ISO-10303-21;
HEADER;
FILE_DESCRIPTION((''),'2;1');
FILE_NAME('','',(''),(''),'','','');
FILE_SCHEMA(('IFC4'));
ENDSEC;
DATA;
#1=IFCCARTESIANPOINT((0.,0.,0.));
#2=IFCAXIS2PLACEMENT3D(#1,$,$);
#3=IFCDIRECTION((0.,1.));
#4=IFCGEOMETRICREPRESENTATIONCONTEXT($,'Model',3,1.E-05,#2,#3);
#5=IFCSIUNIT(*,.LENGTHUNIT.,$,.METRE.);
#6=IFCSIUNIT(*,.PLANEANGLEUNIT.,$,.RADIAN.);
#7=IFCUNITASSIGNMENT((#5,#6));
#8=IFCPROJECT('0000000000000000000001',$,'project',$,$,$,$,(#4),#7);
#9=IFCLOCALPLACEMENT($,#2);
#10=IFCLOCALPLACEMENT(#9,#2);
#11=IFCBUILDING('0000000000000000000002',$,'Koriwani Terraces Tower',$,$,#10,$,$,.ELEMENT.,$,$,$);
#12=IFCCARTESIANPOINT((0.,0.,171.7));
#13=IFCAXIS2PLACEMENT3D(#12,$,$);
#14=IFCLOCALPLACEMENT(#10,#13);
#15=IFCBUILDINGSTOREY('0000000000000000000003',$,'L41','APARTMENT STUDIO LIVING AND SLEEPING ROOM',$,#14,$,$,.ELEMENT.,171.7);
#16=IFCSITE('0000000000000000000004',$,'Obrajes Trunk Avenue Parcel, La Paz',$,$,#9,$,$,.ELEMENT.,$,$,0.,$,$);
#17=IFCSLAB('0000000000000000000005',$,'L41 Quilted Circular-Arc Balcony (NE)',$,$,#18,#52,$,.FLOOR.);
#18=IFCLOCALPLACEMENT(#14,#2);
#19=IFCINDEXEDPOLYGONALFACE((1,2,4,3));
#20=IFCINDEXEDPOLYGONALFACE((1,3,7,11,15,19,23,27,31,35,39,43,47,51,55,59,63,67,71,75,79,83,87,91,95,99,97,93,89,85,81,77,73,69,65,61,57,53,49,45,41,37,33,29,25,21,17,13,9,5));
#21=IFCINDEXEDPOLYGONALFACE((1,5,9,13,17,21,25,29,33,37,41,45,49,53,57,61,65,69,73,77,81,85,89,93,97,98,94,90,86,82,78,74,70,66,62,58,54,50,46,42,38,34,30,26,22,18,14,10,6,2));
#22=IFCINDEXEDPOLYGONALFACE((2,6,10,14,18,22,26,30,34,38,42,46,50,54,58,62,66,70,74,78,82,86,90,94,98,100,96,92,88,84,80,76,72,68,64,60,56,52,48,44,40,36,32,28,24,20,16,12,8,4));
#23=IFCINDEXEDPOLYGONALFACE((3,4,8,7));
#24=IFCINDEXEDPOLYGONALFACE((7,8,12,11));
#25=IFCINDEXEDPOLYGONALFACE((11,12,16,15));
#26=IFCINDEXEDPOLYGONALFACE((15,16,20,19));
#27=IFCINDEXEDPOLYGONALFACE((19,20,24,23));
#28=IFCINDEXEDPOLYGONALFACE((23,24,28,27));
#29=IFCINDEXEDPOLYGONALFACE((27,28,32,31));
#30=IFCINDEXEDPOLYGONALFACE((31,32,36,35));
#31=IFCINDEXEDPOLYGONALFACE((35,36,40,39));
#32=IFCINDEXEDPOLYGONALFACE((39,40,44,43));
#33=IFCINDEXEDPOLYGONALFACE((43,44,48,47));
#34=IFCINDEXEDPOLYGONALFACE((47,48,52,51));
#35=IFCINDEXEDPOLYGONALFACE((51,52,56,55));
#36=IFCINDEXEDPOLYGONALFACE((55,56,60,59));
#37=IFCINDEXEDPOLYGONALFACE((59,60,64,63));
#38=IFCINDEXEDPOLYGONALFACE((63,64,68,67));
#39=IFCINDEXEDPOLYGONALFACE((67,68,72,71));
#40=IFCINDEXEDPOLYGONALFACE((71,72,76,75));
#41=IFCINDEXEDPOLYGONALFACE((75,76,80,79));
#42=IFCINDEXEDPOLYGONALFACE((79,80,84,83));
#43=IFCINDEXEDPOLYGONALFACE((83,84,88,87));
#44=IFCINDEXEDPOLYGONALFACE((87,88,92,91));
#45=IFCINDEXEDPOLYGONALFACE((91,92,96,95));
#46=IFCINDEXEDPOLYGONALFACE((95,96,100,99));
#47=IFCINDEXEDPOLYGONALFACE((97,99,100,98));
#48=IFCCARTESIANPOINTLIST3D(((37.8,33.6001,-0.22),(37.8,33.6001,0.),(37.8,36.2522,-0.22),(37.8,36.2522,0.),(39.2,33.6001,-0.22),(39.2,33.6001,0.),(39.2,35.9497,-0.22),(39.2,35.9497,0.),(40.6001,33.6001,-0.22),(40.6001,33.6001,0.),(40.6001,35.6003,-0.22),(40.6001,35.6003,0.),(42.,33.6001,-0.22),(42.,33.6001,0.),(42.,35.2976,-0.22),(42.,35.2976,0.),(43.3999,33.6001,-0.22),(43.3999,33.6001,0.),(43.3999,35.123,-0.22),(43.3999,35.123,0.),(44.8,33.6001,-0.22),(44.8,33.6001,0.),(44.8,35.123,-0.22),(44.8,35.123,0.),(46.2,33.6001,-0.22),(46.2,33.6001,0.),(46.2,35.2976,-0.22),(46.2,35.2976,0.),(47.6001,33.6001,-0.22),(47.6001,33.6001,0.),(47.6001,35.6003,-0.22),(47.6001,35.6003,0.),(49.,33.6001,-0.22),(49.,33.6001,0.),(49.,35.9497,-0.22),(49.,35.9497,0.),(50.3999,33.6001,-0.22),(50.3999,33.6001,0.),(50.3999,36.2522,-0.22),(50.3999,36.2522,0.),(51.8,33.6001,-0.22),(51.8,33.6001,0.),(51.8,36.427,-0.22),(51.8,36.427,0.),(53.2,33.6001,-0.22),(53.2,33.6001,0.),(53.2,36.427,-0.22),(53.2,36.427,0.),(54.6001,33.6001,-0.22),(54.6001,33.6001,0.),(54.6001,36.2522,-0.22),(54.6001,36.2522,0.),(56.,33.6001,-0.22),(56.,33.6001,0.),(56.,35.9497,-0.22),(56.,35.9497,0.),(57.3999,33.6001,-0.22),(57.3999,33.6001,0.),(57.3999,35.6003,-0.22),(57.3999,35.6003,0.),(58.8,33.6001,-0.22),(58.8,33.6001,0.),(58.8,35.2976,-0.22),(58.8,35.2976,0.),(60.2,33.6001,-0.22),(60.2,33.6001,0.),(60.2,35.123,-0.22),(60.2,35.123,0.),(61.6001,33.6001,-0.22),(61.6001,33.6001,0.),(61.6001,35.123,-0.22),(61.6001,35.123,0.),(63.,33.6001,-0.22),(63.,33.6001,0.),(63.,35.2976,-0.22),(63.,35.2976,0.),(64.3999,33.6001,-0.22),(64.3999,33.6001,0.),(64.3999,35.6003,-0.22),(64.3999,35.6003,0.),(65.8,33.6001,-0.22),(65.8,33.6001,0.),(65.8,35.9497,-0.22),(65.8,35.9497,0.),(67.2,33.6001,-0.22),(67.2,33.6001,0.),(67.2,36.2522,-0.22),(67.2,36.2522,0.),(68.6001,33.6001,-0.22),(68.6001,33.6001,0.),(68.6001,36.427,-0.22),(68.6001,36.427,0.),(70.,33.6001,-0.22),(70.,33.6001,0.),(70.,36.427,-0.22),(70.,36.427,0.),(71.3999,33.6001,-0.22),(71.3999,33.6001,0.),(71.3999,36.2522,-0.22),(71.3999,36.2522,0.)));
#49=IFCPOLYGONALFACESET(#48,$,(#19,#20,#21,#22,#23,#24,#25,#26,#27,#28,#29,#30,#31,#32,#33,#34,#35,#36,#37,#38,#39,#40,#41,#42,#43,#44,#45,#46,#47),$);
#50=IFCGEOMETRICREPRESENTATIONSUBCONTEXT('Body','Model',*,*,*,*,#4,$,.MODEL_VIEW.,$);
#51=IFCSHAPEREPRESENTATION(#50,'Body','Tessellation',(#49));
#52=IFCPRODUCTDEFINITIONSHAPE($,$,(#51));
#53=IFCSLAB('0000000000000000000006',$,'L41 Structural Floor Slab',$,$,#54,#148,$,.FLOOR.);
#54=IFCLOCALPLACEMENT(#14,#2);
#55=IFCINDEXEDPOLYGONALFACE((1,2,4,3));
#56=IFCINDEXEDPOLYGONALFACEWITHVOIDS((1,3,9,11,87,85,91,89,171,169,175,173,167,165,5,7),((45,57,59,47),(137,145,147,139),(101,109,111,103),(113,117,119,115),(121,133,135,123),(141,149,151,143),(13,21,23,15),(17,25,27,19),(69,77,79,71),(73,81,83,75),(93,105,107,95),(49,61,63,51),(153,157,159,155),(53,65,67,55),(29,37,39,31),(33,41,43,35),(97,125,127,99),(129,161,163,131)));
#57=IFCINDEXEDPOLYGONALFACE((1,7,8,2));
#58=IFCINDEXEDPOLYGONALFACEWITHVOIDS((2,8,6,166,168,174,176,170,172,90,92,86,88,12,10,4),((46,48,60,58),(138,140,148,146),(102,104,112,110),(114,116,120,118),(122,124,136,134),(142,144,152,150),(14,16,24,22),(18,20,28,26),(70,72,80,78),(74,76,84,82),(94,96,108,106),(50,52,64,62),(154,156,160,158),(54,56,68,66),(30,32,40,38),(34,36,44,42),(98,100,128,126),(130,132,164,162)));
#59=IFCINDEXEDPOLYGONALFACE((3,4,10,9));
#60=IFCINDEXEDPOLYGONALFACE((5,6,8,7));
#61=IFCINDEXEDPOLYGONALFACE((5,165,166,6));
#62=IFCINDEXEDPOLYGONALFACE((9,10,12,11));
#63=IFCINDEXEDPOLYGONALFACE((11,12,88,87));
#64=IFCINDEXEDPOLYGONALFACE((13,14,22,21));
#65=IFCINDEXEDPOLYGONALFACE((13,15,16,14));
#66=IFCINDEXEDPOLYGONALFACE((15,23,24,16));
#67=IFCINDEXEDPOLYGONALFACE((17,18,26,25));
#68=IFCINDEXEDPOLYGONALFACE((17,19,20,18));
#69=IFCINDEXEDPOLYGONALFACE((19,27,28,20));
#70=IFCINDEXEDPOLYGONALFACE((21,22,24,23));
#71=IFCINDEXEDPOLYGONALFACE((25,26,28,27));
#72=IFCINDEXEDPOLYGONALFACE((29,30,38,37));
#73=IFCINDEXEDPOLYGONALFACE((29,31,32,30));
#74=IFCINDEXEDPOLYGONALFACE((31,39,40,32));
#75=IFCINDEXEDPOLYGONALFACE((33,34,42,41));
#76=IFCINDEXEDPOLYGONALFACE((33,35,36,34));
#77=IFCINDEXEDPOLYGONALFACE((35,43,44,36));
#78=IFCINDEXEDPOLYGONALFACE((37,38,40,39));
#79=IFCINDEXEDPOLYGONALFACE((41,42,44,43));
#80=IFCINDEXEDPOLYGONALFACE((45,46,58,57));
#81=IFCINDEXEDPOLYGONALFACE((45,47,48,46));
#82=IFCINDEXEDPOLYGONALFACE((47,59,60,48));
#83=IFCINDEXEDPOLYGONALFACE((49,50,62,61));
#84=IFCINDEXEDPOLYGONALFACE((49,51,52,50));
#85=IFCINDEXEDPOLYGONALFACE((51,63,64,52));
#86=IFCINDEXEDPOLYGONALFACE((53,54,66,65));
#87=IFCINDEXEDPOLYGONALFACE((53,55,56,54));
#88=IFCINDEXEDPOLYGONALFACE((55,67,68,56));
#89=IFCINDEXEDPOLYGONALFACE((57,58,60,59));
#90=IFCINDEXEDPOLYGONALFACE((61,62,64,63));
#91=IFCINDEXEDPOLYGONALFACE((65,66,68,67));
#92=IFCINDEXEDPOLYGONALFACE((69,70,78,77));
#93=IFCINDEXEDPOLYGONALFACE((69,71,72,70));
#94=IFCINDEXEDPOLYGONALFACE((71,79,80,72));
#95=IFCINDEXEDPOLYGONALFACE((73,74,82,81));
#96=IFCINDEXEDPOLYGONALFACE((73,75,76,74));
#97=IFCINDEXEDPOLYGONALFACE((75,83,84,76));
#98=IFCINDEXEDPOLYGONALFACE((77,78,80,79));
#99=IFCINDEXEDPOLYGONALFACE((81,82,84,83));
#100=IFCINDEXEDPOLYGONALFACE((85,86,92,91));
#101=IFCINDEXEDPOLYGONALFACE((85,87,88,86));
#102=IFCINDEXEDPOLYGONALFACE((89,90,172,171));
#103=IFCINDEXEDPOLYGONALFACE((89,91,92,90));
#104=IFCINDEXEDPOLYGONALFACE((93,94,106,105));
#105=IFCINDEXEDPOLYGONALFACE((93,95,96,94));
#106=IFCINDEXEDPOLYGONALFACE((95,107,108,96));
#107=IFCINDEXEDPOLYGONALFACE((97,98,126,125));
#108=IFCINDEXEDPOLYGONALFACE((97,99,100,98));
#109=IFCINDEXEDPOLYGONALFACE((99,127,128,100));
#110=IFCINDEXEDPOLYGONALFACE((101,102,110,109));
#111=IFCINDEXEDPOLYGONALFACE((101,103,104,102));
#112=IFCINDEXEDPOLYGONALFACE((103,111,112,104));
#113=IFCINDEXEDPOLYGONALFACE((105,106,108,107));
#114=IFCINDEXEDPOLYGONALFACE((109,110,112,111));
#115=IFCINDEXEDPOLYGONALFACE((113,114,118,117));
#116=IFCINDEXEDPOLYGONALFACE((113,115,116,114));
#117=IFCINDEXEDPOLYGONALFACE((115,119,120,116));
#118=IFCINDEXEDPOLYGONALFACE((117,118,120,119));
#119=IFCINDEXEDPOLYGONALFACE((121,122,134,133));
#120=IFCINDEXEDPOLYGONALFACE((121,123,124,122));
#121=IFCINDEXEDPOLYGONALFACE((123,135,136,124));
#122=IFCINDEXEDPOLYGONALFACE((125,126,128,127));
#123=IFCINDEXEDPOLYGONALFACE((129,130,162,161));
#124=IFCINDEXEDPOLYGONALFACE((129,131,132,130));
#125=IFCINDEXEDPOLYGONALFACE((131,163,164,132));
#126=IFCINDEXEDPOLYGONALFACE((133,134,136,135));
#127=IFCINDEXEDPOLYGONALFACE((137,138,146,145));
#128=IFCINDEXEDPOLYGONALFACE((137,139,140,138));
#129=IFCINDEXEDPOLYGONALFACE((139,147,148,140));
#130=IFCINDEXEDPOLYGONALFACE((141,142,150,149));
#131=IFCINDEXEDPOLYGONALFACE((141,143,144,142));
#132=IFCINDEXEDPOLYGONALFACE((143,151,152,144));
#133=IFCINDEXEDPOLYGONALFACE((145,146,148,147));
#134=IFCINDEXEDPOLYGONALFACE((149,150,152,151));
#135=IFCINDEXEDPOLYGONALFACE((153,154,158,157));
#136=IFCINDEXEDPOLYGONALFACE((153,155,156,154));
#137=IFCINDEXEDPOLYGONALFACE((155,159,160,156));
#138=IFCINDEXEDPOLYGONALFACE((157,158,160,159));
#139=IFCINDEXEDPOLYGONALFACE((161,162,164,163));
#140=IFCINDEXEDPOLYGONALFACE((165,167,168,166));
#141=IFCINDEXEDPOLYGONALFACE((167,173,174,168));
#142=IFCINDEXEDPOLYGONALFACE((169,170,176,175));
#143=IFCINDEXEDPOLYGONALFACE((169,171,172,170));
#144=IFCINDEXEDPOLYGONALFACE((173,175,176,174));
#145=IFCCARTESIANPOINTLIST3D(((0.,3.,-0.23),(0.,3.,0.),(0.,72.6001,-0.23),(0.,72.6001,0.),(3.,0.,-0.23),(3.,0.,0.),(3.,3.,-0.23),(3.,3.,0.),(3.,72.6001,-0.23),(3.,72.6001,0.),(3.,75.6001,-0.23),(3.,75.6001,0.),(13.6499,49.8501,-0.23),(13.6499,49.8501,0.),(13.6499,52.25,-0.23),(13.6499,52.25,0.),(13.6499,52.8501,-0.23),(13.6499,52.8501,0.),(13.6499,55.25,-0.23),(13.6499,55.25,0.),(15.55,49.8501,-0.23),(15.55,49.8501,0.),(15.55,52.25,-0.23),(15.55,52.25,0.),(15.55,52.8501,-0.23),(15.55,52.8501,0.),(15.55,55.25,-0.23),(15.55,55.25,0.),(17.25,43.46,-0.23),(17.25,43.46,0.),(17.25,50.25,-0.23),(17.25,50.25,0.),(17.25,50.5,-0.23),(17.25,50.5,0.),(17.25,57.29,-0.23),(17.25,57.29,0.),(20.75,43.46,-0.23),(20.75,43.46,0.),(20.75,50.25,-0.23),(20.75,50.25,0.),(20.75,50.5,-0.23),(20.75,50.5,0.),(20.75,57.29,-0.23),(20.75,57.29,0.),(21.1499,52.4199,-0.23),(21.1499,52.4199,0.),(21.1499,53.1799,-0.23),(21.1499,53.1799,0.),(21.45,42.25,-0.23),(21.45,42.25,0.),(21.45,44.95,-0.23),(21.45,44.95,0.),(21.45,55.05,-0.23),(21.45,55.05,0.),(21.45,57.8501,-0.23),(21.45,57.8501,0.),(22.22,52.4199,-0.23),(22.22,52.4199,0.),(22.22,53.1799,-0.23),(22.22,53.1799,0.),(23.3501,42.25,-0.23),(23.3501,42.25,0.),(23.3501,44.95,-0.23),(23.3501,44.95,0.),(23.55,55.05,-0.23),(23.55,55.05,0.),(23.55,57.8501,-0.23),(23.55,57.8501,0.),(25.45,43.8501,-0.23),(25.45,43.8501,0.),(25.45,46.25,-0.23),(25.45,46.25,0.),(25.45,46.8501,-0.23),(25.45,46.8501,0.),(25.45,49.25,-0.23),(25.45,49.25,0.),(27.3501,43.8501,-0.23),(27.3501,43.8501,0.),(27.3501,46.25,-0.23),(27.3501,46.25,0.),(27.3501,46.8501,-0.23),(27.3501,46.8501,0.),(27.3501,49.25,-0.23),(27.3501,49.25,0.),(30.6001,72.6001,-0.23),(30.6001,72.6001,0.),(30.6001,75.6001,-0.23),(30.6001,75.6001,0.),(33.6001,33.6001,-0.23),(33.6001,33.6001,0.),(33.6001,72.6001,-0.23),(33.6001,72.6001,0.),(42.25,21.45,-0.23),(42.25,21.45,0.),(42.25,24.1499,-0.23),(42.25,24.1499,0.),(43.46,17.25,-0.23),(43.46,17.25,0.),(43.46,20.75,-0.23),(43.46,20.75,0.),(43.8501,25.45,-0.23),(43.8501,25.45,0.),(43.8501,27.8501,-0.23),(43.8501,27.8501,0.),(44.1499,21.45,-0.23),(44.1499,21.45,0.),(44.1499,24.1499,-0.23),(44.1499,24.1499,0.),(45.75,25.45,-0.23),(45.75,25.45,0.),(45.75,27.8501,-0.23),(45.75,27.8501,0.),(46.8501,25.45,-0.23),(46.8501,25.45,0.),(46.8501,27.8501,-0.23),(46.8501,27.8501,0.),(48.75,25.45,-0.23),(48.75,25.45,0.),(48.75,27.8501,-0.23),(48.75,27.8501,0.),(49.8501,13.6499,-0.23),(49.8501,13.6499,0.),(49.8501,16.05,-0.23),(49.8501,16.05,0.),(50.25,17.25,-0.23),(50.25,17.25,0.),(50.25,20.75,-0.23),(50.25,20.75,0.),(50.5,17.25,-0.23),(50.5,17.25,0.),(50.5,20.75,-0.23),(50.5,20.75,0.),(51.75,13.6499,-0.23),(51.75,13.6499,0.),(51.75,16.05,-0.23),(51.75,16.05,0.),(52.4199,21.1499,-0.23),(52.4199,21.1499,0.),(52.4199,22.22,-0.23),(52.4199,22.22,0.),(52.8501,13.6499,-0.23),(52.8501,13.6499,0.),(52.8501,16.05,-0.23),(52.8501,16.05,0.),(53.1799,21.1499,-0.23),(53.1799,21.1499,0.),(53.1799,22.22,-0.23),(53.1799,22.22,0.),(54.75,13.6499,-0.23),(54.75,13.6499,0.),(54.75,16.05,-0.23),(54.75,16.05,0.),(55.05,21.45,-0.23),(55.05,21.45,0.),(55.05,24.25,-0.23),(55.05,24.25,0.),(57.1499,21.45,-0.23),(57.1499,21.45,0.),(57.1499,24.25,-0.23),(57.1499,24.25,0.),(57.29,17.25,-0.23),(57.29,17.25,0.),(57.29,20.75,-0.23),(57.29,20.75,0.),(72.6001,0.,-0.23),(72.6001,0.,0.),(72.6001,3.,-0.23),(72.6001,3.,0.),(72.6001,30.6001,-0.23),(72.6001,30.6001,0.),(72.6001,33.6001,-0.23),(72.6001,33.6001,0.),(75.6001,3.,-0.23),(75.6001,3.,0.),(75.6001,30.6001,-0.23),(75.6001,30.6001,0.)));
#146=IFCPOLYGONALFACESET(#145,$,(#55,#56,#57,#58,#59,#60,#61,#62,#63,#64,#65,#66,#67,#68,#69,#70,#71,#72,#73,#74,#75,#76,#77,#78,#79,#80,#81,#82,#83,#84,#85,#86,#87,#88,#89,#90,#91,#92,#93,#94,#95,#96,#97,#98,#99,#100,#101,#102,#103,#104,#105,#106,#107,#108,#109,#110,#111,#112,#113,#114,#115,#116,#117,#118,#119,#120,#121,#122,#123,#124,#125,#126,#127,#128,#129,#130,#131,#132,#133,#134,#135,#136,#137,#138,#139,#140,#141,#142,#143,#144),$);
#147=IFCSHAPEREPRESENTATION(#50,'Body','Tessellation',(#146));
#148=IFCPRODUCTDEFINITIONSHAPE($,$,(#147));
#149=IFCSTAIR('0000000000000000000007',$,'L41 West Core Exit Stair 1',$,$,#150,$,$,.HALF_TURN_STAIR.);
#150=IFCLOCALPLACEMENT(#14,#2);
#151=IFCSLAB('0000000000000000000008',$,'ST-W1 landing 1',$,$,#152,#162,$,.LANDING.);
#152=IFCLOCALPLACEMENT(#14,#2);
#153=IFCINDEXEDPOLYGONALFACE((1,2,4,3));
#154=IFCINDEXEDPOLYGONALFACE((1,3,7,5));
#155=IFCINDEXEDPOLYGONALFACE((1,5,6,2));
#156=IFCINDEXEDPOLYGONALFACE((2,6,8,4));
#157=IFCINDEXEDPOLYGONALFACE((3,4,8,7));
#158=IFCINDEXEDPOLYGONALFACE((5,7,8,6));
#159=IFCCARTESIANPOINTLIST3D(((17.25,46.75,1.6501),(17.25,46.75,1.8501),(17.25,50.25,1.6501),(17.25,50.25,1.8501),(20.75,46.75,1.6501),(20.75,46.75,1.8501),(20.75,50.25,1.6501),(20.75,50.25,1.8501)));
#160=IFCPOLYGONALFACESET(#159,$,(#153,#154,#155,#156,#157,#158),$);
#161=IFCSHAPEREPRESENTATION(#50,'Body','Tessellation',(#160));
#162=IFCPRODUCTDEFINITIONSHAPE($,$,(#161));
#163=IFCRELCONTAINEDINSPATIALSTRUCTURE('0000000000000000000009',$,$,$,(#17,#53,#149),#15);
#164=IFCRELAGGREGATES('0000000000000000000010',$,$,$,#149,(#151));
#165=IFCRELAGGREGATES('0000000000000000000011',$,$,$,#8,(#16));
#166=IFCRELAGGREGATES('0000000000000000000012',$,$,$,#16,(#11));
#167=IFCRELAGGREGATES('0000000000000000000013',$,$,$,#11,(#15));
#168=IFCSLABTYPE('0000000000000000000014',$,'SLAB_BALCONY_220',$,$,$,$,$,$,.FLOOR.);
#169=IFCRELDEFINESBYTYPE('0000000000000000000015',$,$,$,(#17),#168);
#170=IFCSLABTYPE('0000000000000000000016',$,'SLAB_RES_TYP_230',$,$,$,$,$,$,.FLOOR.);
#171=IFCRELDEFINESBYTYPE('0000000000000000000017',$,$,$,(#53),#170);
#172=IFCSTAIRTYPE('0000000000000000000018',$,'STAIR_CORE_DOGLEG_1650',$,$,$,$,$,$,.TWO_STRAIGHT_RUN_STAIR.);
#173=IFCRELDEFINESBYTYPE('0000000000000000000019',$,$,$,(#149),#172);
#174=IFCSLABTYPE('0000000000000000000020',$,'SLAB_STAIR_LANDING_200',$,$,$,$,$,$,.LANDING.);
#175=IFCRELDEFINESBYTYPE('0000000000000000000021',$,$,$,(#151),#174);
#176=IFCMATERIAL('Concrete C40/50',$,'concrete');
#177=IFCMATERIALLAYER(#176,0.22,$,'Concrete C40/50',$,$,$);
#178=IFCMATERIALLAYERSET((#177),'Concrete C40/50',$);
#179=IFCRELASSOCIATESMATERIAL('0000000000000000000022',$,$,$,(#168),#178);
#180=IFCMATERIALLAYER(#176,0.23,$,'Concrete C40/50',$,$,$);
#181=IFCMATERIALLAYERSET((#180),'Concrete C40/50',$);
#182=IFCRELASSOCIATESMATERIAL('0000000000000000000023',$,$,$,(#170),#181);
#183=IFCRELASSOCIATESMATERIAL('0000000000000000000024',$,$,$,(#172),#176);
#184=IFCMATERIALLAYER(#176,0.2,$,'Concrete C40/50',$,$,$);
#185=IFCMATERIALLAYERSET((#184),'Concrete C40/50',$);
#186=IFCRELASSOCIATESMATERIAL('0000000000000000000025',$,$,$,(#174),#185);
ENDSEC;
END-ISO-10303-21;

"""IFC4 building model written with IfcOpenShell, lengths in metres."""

from ifc_helpers import new_model, si_unit, direction, frame, origin, place, context, subcontext, project, spatial, polyline, outline, extrude, material, layer, layer_set, type_object, element, aggregate, save


model = new_model("IFC4")

# Units and contexts
model_context = context("Model", 3, precision=1e-05, world=origin(), true_north=direction((0.0, 1.0)))
body_context = subcontext(model_context, "Body", "Model", "MODEL_VIEW")
ifc_project = project(units=[si_unit("LENGTHUNIT", "METRE"), si_unit("PLANEANGLEUNIT", "RADIAN")], contexts=[model_context])

# Site, building, storey
site_placement = place(None, origin())
site = spatial("IfcSite", under=ifc_project, at=site_placement, Name="Obrajes Trunk Avenue Parcel, La Paz", CompositionType="ELEMENT", RefElevation=0.0)
building_placement = place(site_placement, origin())
building = spatial("IfcBuilding", under=site, at=building_placement, Name="Koriwani Terraces Tower", CompositionType="ELEMENT")
storey_placement = place(building_placement, frame((0.0, 0.0, 171.7)))
storey = spatial("IfcBuildingStorey", under=building, at=storey_placement, Name="L41", Description="APARTMENT STUDIO LIVING AND SLEEPING ROOM", CompositionType="ELEMENT", Elevation=171.7)

# Shared definitions
ifc_material_1 = material(Name="Concrete C40/50", Category="concrete")

# Slabs
ifc_layer_1 = layer(ifc_material_1, 0.22, Name="Concrete C40/50")
ifc_layer_set_1 = layer_set([ifc_layer_1], Name="Concrete C40/50")
slab_type_1 = type_object("IfcSlabType", Name="SLAB_BALCONY_220", PredefinedType="FLOOR", material=ifc_layer_set_1)
slab_1_placement = place(storey_placement, frame((0.0, 0.0, -0.22)))
element("IfcSlab", 1, at=slab_1_placement, inside=storey, type_object=slab_type_1, Name="L41 Quilted Circular-Arc Balcony (NE)", PredefinedType="FLOOR", context=body_context, shape_type="SweptSolid", body=[
    extrude(outline(polyline([(71.3999, 33.6001), (70.0, 33.6001), (68.6001, 33.6001), (67.2, 33.6001), (65.8, 33.6001), (64.3999, 33.6001), (63.0, 33.6001), (61.6001, 33.6001), (60.2, 33.6001), (58.8, 33.6001), (57.3999, 33.6001), (56.0, 33.6001), (54.6001, 33.6001), (53.2, 33.6001), (51.8, 33.6001), (50.3999, 33.6001), (49.0, 33.6001), (47.6001, 33.6001), (46.2, 33.6001), (44.8, 33.6001), (43.3999, 33.6001), (42.0, 33.6001), (40.6001, 33.6001), (39.2, 33.6001), (37.8, 33.6001), (37.8, 36.2522), (39.2, 35.9497), (40.6001, 35.6003), (42.0, 35.2976), (43.3999, 35.123), (44.8, 35.123), (46.2, 35.2976), (47.6001, 35.6003), (49.0, 35.9497), (50.3999, 36.2522), (51.8, 36.427), (53.2, 36.427), (54.6001, 36.2522), (56.0, 35.9497), (57.3999, 35.6003), (58.8, 35.2976), (60.2, 35.123), (61.6001, 35.123), (63.0, 35.2976), (64.3999, 35.6003), (65.8, 35.9497), (67.2, 36.2522), (68.6001, 36.427), (70.0, 36.427), (71.3999, 36.2522), (71.3999, 33.6001)])), origin(), (0.0, 0.0, 1.0), 0.22),
])
ifc_layer_2 = layer(ifc_material_1, 0.23, Name="Concrete C40/50")
ifc_layer_set_2 = layer_set([ifc_layer_2], Name="Concrete C40/50")
slab_type_2 = type_object("IfcSlabType", Name="SLAB_RES_TYP_230", PredefinedType="FLOOR", material=ifc_layer_set_2)
slab_2_placement = place(storey_placement, frame((0.0, 0.0, -0.23)))
element("IfcSlab", 2, at=slab_2_placement, inside=storey, type_object=slab_type_2, Name="L41 Structural Floor Slab", PredefinedType="FLOOR", context=body_context, shape_type="SweptSolid", body=[
    extrude(outline(polyline([(3.0, 0.0), (72.6001, 0.0), (72.6001, 3.0), (75.6001, 3.0), (75.6001, 30.6001), (72.6001, 30.6001), (72.6001, 33.6001), (33.6001, 33.6001), (33.6001, 72.6001), (30.6001, 72.6001), (30.6001, 75.6001), (3.0, 75.6001), (3.0, 72.6001), (0.0, 72.6001), (0.0, 3.0), (3.0, 3.0), (3.0, 0.0)]), holes=[polyline([(17.25, 43.46), (20.75, 43.46), (20.75, 50.25), (17.25, 50.25), (17.25, 43.46)]), polyline([(17.25, 50.5), (20.75, 50.5), (20.75, 57.29), (17.25, 57.29), (17.25, 50.5)]), polyline([(43.46, 17.25), (50.25, 17.25), (50.25, 20.75), (43.46, 20.75), (43.46, 17.25)]), polyline([(50.5, 17.25), (57.29, 17.25), (57.29, 20.75), (50.5, 20.75), (50.5, 17.25)]), polyline([(13.6499, 49.8501), (15.55, 49.8501), (15.55, 52.25), (13.6499, 52.25), (13.6499, 49.8501)]), polyline([(13.6499, 52.8501), (15.55, 52.8501), (15.55, 55.25), (13.6499, 55.25), (13.6499, 52.8501)]), polyline([(49.8501, 13.6499), (51.75, 13.6499), (51.75, 16.05), (49.8501, 16.05), (49.8501, 13.6499)]), polyline([(52.8501, 13.6499), (54.75, 13.6499), (54.75, 16.05), (52.8501, 16.05), (52.8501, 13.6499)]), polyline([(25.45, 43.8501), (27.3501, 43.8501), (27.3501, 46.25), (25.45, 46.25), (25.45, 43.8501)]), polyline([(25.45, 46.8501), (27.3501, 46.8501), (27.3501, 49.25), (25.45, 49.25), (25.45, 46.8501)]), polyline([(43.8501, 25.45), (45.75, 25.45), (45.75, 27.8501), (43.8501, 27.8501), (43.8501, 25.45)]), polyline([(46.8501, 25.45), (48.75, 25.45), (48.75, 27.8501), (46.8501, 27.8501), (46.8501, 25.45)]), polyline([(21.45, 55.05), (23.55, 55.05), (23.55, 57.8501), (21.45, 57.8501), (21.45, 55.05)]), polyline([(55.05, 21.45), (57.1499, 21.45), (57.1499, 24.25), (55.05, 24.25), (55.05, 21.45)]), polyline([(21.45, 42.25), (23.3501, 42.25), (23.3501, 44.95), (21.45, 44.95), (21.45, 42.25)]), polyline([(42.25, 21.45), (44.1499, 21.45), (44.1499, 24.1499), (42.25, 24.1499), (42.25, 21.45)]), polyline([(21.1499, 52.4199), (22.22, 52.4199), (22.22, 53.1799), (21.1499, 53.1799), (21.1499, 52.4199)]), polyline([(52.4199, 21.1499), (53.1799, 21.1499), (53.1799, 22.22), (52.4199, 22.22), (52.4199, 21.1499)])]), origin(), (0.0, 0.0, 1.0), 0.23),
])

# Stair, slab
stair_type = type_object("IfcStairType", Name="STAIR_CORE_DOGLEG_1650", PredefinedType="TWO_STRAIGHT_RUN_STAIR", material=ifc_material_1)
stair_1_placement = place(storey_placement, origin())
stair_1 = element("IfcStair", 3, at=stair_1_placement, inside=storey, type_object=stair_type, Name="L41 West Core Exit Stair 1", PredefinedType="HALF_TURN_STAIR")
ifc_layer_3 = layer(ifc_material_1, 0.2, Name="Concrete C40/50")
ifc_layer_set_3 = layer_set([ifc_layer_3], Name="Concrete C40/50")
slab_type_3 = type_object("IfcSlabType", Name="SLAB_STAIR_LANDING_200", PredefinedType="LANDING", material=ifc_layer_set_3)
slab_3_placement = place(storey_placement, frame((0.0, 0.0, 1.6501)))
slab_3 = element("IfcSlab", 4, at=slab_3_placement, type_object=slab_type_3, Name="ST-W1 landing 1", PredefinedType="LANDING", context=body_context, shape_type="SweptSolid", body=[
    extrude(outline(polyline([(20.75, 46.75), (20.75, 50.25), (17.25, 50.25), (17.25, 46.75), (20.75, 46.75)])), origin(), (0.0, 0.0, 1.0), 0.2),
])
aggregate(stair_1, [slab_3])

save(model, "model.ifc")
